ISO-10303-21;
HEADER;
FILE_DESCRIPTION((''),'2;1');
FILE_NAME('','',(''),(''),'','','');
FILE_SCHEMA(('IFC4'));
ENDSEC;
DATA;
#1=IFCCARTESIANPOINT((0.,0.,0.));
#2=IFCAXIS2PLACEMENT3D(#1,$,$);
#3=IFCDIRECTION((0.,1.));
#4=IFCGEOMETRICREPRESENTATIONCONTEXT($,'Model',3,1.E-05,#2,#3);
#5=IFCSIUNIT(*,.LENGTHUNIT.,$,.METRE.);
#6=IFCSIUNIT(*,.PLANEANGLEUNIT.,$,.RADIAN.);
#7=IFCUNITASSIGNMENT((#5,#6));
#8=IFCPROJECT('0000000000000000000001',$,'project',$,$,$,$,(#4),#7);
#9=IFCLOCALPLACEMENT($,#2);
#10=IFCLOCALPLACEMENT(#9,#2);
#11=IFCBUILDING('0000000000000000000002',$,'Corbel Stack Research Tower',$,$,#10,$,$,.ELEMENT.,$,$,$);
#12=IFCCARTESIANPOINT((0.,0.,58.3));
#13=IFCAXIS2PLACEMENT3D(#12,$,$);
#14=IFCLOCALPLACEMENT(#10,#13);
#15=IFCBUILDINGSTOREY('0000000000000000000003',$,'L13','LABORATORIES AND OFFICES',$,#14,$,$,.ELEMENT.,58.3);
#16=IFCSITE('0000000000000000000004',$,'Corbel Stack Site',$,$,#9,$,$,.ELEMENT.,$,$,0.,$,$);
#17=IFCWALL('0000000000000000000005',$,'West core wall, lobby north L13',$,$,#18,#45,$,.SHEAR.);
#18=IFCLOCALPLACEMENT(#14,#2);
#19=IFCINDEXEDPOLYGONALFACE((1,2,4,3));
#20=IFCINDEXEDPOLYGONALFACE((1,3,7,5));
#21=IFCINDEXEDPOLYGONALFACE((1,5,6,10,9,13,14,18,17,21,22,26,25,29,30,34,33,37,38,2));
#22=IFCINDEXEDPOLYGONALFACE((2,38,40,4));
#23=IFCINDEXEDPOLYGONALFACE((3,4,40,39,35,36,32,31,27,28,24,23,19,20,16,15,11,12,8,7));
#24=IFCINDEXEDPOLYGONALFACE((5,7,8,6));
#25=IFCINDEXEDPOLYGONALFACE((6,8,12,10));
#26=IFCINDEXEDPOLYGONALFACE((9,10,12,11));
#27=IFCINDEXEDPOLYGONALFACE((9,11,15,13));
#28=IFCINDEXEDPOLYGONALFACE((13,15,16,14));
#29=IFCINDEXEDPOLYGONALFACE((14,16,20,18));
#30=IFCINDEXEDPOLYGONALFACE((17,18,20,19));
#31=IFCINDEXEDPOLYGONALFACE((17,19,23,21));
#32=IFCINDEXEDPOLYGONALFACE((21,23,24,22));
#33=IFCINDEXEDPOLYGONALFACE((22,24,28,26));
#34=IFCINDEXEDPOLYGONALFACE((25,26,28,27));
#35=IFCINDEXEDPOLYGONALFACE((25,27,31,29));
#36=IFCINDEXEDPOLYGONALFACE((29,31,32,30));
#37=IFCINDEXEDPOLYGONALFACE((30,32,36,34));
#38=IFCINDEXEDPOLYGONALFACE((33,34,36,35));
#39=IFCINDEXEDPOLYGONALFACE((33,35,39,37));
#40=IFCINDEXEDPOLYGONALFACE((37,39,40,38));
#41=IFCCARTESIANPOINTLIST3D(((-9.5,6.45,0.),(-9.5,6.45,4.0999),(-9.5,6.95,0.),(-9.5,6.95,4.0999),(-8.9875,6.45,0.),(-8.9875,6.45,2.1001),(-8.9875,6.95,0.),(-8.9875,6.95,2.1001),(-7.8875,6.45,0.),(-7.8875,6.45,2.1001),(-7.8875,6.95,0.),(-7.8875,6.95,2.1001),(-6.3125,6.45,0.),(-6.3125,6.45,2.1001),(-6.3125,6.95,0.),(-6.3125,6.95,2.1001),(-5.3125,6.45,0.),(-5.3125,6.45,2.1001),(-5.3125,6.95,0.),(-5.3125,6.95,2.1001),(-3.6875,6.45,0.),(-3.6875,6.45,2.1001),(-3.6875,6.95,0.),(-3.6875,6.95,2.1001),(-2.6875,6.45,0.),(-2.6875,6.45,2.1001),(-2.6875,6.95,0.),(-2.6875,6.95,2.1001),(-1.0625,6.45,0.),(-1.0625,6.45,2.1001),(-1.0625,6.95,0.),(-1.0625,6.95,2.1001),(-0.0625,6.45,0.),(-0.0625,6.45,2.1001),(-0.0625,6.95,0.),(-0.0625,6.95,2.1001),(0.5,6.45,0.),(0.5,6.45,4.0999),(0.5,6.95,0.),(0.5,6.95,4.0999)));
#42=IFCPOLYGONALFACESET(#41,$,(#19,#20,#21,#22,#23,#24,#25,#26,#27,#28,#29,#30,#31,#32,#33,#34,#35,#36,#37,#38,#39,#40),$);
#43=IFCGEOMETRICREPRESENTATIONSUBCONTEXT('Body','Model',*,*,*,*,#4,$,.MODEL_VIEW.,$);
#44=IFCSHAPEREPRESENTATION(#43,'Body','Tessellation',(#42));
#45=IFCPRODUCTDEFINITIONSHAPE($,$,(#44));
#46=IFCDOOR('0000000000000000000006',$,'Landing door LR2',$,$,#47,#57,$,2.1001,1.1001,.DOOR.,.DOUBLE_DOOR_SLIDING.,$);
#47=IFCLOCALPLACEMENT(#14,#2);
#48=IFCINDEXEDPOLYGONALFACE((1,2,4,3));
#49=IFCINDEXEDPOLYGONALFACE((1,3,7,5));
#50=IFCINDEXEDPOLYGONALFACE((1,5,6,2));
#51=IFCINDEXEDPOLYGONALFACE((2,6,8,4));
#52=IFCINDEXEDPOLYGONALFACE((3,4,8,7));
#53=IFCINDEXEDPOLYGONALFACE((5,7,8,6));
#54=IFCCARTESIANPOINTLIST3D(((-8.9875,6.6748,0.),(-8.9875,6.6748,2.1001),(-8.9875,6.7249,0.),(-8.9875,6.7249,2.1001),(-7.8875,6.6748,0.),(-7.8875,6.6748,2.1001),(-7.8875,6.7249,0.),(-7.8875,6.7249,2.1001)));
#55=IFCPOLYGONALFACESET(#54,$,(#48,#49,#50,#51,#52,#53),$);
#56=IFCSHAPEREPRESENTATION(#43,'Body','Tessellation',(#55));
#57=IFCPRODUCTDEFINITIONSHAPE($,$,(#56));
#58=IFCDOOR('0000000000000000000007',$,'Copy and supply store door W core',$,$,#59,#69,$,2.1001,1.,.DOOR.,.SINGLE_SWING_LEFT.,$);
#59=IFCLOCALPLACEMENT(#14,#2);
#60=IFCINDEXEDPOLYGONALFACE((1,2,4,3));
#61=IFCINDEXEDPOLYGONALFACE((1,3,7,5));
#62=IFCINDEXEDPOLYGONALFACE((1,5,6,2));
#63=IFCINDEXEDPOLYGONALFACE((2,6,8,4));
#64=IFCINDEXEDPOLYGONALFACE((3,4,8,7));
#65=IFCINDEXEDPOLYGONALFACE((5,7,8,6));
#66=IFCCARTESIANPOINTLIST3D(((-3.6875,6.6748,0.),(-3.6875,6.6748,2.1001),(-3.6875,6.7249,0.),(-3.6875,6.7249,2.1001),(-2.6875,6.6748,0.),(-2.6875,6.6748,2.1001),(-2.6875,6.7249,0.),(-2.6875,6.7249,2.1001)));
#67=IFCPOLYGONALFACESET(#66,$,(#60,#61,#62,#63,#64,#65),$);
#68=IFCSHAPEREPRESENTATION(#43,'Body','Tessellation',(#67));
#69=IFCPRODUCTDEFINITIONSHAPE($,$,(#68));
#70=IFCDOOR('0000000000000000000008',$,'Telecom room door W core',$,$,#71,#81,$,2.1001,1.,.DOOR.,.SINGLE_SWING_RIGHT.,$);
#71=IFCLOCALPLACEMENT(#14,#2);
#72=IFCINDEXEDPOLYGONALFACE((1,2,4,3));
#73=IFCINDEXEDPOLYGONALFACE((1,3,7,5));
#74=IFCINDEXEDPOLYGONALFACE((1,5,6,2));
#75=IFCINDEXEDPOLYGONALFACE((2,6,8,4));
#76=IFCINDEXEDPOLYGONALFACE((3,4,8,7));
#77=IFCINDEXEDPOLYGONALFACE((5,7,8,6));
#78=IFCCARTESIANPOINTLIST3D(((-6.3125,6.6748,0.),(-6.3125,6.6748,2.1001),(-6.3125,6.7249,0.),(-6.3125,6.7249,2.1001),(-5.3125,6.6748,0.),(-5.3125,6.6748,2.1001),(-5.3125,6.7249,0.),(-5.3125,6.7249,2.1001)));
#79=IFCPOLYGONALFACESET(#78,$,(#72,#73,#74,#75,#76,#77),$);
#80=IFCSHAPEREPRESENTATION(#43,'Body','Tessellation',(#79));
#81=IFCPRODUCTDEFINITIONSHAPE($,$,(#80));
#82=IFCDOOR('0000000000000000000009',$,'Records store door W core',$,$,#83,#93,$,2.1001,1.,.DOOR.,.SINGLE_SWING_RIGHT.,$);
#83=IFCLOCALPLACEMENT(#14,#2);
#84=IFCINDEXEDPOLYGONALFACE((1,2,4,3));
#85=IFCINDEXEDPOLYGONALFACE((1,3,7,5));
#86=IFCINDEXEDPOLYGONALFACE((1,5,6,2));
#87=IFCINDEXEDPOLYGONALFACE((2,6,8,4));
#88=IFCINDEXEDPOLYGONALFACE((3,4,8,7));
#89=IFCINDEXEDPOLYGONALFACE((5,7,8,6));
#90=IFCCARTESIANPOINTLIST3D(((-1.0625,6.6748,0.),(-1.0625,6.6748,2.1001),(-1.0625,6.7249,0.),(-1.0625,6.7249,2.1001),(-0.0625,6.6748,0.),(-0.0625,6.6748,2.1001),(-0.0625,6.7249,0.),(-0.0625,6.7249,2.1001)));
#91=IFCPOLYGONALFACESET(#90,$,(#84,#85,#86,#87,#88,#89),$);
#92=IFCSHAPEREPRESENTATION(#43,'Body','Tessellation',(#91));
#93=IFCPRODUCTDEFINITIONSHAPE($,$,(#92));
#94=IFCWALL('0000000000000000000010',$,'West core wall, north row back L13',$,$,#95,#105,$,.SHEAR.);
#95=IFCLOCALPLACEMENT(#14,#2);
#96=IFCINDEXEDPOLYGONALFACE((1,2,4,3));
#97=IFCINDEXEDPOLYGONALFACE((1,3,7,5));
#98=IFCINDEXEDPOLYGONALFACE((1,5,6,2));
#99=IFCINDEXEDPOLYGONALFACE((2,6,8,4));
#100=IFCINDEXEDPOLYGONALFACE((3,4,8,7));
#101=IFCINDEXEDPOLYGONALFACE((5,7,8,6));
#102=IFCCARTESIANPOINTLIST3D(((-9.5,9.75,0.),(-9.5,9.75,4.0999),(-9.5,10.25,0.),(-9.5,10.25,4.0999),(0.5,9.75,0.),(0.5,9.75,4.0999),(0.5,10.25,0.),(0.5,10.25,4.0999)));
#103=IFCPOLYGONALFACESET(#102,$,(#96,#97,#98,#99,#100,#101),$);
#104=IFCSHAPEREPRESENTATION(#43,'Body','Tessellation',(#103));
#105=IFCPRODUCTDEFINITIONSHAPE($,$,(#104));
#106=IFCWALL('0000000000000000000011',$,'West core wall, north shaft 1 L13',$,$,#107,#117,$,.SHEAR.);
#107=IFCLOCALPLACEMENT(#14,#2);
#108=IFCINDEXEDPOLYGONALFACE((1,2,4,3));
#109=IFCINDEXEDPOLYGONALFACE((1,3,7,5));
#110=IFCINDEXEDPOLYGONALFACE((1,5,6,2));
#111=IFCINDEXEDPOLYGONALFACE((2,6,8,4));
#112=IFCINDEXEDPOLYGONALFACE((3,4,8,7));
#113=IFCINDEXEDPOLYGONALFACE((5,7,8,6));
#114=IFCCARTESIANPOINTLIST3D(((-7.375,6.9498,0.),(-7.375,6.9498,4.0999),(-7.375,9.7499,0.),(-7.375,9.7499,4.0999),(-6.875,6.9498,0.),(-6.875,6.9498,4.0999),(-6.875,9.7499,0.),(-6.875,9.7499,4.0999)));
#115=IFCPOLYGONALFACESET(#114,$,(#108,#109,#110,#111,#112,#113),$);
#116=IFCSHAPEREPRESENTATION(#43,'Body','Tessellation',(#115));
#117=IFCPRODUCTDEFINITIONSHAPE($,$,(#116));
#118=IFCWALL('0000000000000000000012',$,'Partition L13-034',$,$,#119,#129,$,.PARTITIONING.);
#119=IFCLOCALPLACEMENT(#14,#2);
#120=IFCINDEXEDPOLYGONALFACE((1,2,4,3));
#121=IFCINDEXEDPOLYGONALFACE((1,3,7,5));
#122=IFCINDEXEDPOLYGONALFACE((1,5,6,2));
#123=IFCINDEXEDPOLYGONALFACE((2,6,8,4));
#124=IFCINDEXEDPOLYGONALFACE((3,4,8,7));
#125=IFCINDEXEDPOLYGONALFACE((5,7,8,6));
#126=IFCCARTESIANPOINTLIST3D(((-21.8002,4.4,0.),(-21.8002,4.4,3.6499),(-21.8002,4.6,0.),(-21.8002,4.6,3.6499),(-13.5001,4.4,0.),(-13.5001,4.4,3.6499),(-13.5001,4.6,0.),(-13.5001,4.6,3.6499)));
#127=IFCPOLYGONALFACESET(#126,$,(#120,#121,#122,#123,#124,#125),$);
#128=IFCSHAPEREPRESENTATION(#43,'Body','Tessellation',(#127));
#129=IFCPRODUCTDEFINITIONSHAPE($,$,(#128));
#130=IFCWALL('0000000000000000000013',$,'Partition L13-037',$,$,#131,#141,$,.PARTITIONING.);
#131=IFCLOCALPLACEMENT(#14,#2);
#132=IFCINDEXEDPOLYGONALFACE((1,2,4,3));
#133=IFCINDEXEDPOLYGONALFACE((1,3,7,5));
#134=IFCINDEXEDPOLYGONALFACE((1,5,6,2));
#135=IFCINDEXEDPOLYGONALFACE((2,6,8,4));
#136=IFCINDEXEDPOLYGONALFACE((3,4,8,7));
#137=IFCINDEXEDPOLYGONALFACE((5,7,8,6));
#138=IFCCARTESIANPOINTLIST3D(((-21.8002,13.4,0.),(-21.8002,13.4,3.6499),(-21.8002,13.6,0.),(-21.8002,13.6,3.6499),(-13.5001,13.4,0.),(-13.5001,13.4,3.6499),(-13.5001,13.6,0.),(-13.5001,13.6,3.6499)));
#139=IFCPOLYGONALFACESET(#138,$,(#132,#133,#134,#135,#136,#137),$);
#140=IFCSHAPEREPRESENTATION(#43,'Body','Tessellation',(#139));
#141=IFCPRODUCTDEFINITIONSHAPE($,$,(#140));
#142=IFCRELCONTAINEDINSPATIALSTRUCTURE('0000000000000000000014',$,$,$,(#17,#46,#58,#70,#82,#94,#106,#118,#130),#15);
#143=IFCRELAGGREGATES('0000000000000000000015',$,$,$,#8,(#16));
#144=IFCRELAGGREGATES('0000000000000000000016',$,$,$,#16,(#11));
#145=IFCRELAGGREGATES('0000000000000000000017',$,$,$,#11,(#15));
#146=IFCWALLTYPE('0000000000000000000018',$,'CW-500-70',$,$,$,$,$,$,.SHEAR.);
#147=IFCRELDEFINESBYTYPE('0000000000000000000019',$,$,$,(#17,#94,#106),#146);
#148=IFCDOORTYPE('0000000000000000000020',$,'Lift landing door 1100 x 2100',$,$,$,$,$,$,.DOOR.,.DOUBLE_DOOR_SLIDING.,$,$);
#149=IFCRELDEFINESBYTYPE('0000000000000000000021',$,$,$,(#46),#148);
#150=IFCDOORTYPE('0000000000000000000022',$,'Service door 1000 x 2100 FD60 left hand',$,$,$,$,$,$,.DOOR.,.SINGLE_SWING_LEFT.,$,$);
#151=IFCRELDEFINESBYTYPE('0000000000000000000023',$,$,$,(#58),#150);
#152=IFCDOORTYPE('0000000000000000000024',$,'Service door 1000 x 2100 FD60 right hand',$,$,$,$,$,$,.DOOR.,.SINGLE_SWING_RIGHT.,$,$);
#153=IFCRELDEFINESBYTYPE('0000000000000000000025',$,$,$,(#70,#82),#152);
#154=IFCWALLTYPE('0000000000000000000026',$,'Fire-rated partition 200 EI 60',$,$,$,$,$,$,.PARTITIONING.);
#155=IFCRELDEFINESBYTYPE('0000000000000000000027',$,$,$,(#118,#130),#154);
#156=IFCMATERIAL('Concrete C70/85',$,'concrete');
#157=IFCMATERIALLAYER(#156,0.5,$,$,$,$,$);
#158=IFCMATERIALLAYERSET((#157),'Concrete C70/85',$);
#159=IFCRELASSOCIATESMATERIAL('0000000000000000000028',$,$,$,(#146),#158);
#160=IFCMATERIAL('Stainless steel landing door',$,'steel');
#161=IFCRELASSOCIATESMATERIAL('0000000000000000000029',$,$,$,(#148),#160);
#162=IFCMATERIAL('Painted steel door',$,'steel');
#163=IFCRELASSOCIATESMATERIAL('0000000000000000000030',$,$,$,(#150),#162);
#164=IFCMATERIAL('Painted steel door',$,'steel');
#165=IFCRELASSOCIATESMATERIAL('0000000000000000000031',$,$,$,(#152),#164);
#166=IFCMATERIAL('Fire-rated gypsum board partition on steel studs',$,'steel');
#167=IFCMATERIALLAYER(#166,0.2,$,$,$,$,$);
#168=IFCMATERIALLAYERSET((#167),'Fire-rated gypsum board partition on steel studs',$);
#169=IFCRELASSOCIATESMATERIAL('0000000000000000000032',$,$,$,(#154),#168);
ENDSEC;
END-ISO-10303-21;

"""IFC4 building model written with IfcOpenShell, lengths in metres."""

from ifc_helpers import new_model, si_unit, direction, frame, frame_2d, origin, place, context, subcontext, project, spatial, rectangle, extrude, material, layer, layer_set, type_object, element, fill, save


model = new_model("IFC4")

# Units and contexts
model_context = context("Model", 3, precision=1e-05, world=origin(), true_north=direction((0.0, 1.0)))
body_context = subcontext(model_context, "Body", "Model", "MODEL_VIEW")
ifc_project = project(units=[si_unit("LENGTHUNIT", "METRE"), si_unit("PLANEANGLEUNIT", "RADIAN")], contexts=[model_context])

# Site, building, storey
site_placement = place(None, origin())
site = spatial("IfcSite", under=ifc_project, at=site_placement, Name="Corbel Stack Site", CompositionType="ELEMENT", RefElevation=0.0)
building_placement = place(site_placement, origin())
building = spatial("IfcBuilding", under=site, at=building_placement, Name="Corbel Stack Research Tower", CompositionType="ELEMENT")
storey_placement = place(building_placement, frame((0.0, 0.0, 58.3)))
storey = spatial("IfcBuildingStorey", under=building, at=storey_placement, Name="L13", Description="LABORATORIES AND OFFICES", CompositionType="ELEMENT", Elevation=58.3)

# Wall, openings, doors
ifc_material_1 = material(Name="Concrete C70/85", Category="concrete")
ifc_layer_1 = layer(ifc_material_1, 0.5)
ifc_layer_set_1 = layer_set([ifc_layer_1], Name="Concrete C70/85")
wall_type_1 = type_object("IfcWallType", Name="CW-500-70", PredefinedType="SHEAR", material=ifc_layer_set_1)
ifc_material_2 = material(Name="Stainless steel landing door", Category="steel")
door_type_1 = type_object("IfcDoorType", Name="Lift landing door 1100 x 2100", OperationType="DOUBLE_DOOR_SLIDING", PredefinedType="DOOR", material=ifc_material_2)
wall_1_placement = place(storey_placement, frame((-9.5, 6.7, 0.0), z_axis=(0.0, 0.0, 1.0), x_axis=(1.0, 0.0, 0.0)))
wall_1 = element("IfcWall", 1, at=wall_1_placement, inside=storey, type_object=wall_type_1, Name="West core wall, lobby north L13", PredefinedType="SHEAR", context=body_context, shape_type="SweptSolid", body=[
    extrude(rectangle(XDim=10.0, YDim=0.5, at=frame_2d((5.0, 0.0))), origin(), (0.0, 0.0, 1.0), 4.0999),
])
opening_1_placement = place(wall_1_placement, frame((0.5125, 0.0, 0.0)))
opening_1 = element("IfcOpeningElement", 2, at=opening_1_placement, cuts=wall_1, PredefinedType="OPENING", context=body_context, shape_type="SweptSolid", body=[
    extrude(rectangle(XDim=1.1001, YDim=2.1001, at=frame_2d((0.55, 1.05))), frame((0.0, 0.26, 0.0), z_axis=(0.0, -1.0, 0.0), x_axis=(1.0, 0.0, 0.0)), (0.0, 0.0, 1.0), 0.52),
])
opening_2_placement = place(wall_1_placement, frame((3.1875, 0.0, 0.0)))
opening_2 = element("IfcOpeningElement", 3, at=opening_2_placement, cuts=wall_1, PredefinedType="OPENING", context=body_context, shape_type="SweptSolid", body=[
    extrude(rectangle(XDim=1.0, YDim=2.1001, at=frame_2d((0.5, 1.05))), frame((0.0, 0.26, 0.0), z_axis=(0.0, -1.0, 0.0), x_axis=(1.0, 0.0, 0.0)), (0.0, 0.0, 1.0), 0.52),
])
opening_3_placement = place(wall_1_placement, frame((5.8125, 0.0, 0.0)))
opening_3 = element("IfcOpeningElement", 4, at=opening_3_placement, cuts=wall_1, PredefinedType="OPENING", context=body_context, shape_type="SweptSolid", body=[
    extrude(rectangle(XDim=1.0, YDim=2.1001, at=frame_2d((0.5, 1.05))), frame((0.0, 0.26, 0.0), z_axis=(0.0, -1.0, 0.0), x_axis=(1.0, 0.0, 0.0)), (0.0, 0.0, 1.0), 0.52),
])
opening_4_placement = place(wall_1_placement, frame((8.4375, 0.0, 0.0)))
opening_4 = element("IfcOpeningElement", 5, at=opening_4_placement, cuts=wall_1, PredefinedType="OPENING", context=body_context, shape_type="SweptSolid", body=[
    extrude(rectangle(XDim=1.0, YDim=2.1001, at=frame_2d((0.5, 1.05))), frame((0.0, 0.26, 0.0), z_axis=(0.0, -1.0, 0.0), x_axis=(1.0, 0.0, 0.0)), (0.0, 0.0, 1.0), 0.52),
])
door_1_placement = place(opening_1_placement, origin())
door_1 = element("IfcDoor", 6, at=door_1_placement, inside=storey, type_object=door_type_1, Name="Landing door LR2", OperationType="DOUBLE_DOOR_SLIDING", OverallHeight=2.1001, OverallWidth=1.1001, PredefinedType="DOOR", context=body_context, shape_type="SweptSolid", body=[
    extrude(rectangle(XDim=1.1001, YDim=2.1001, at=frame_2d((0.55, 1.05))), frame((0.0, 0.0249, 0.0), z_axis=(0.0, -1.0, 0.0), x_axis=(1.0, 0.0, 0.0)), (0.0, 0.0, 1.0), 0.05),
])
fill(opening_1, door_1)
ifc_material_3 = material(Name="Painted steel door", Category="steel")
door_type_2 = type_object("IfcDoorType", Name="Service door 1000 x 2100 FD60 left hand", OperationType="SINGLE_SWING_LEFT", PredefinedType="DOOR", material=ifc_material_3)
door_2_placement = place(opening_3_placement, origin())
door_2 = element("IfcDoor", 7, at=door_2_placement, inside=storey, type_object=door_type_2, Name="Copy and supply store door W core", OperationType="SINGLE_SWING_LEFT", OverallHeight=2.1001, OverallWidth=1.0, PredefinedType="DOOR", context=body_context, shape_type="SweptSolid", body=[
    extrude(rectangle(XDim=1.0, YDim=2.1001, at=frame_2d((0.5, 1.05))), frame((0.0, 0.0249, 0.0), z_axis=(0.0, -1.0, 0.0), x_axis=(1.0, 0.0, 0.0)), (0.0, 0.0, 1.0), 0.05),
])
fill(opening_3, door_2)
ifc_material_4 = material(Name="Painted steel door", Category="steel")
door_type_3 = type_object("IfcDoorType", Name="Service door 1000 x 2100 FD60 right hand", OperationType="SINGLE_SWING_RIGHT", PredefinedType="DOOR", material=ifc_material_4)
door_3_placement = place(opening_2_placement, origin())
door_3 = element("IfcDoor", 8, at=door_3_placement, inside=storey, type_object=door_type_3, Name="Telecom room door W core", OperationType="SINGLE_SWING_RIGHT", OverallHeight=2.1001, OverallWidth=1.0, PredefinedType="DOOR", context=body_context, shape_type="SweptSolid", body=[
    extrude(rectangle(XDim=1.0, YDim=2.1001, at=frame_2d((0.5, 1.05))), frame((0.0, 0.0249, 0.0), z_axis=(0.0, -1.0, 0.0), x_axis=(1.0, 0.0, 0.0)), (0.0, 0.0, 1.0), 0.05),
])
fill(opening_2, door_3)
door_4_placement = place(opening_4_placement, origin())
door_4 = element("IfcDoor", 9, at=door_4_placement, inside=storey, type_object=door_type_3, Name="Records store door W core", OperationType="SINGLE_SWING_RIGHT", OverallHeight=2.1001, OverallWidth=1.0, PredefinedType="DOOR", context=body_context, shape_type="SweptSolid", body=[
    extrude(rectangle(XDim=1.0, YDim=2.1001, at=frame_2d((0.5, 1.05))), frame((0.0, 0.0249, 0.0), z_axis=(0.0, -1.0, 0.0), x_axis=(1.0, 0.0, 0.0)), (0.0, 0.0, 1.0), 0.05),
])
fill(opening_4, door_4)

# Walls
wall_2_placement = place(storey_placement, frame((-9.5, 10.0, 0.0), z_axis=(0.0, 0.0, 1.0), x_axis=(1.0, 0.0, 0.0)))
element("IfcWall", 10, at=wall_2_placement, inside=storey, type_object=wall_type_1, Name="West core wall, north row back L13", PredefinedType="SHEAR", context=body_context, shape_type="SweptSolid", body=[
    extrude(rectangle(XDim=10.0, YDim=0.5, at=frame_2d((5.0, 0.0))), origin(), (0.0, 0.0, 1.0), 4.0999),
])
wall_3_placement = place(storey_placement, frame((-7.125, 6.95, 0.0), z_axis=(0.0, 0.0, 1.0), x_axis=(0.0, 1.0, 0.0)))
element("IfcWall", 11, at=wall_3_placement, inside=storey, type_object=wall_type_1, Name="West core wall, north shaft 1 L13", PredefinedType="SHEAR", context=body_context, shape_type="SweptSolid", body=[
    extrude(rectangle(XDim=2.8, YDim=0.5, at=frame_2d((1.3999, 0.0))), origin(), (0.0, 0.0, 1.0), 4.0999),
])
ifc_material_5 = material(Name="Fire-rated gypsum board partition on steel studs", Category="steel")
ifc_layer_2 = layer(ifc_material_5, 0.2)
ifc_layer_set_2 = layer_set([ifc_layer_2], Name="Fire-rated gypsum board partition on steel studs")
wall_type_2 = type_object("IfcWallType", Name="Fire-rated partition 200 EI 60", PredefinedType="PARTITIONING", material=ifc_layer_set_2)
for number, where, z_axis, x_axis, name in (
    (12, (-21.8, 4.5, 0.0), (0.0, 0.0, 1.0), (1.0, 0.0, 0.0), "Partition L13-034"),
    (13, (-21.8, 13.5, 0.0), (0.0, 0.0, 1.0), (1.0, 0.0, 0.0), "Partition L13-037"),
):
    element("IfcWall", number, at=place(storey_placement, frame(where, z_axis=z_axis, x_axis=x_axis)), inside=storey, type_object=wall_type_2, Name=name, PredefinedType="PARTITIONING", context=body_context, shape_type="SweptSolid", body=[
        extrude(rectangle(XDim=8.3, YDim=0.2, at=frame_2d((4.1499, 0.0))), origin(), (0.0, 0.0, 1.0), 3.6499),
    ])

save(model, "model.ifc")
